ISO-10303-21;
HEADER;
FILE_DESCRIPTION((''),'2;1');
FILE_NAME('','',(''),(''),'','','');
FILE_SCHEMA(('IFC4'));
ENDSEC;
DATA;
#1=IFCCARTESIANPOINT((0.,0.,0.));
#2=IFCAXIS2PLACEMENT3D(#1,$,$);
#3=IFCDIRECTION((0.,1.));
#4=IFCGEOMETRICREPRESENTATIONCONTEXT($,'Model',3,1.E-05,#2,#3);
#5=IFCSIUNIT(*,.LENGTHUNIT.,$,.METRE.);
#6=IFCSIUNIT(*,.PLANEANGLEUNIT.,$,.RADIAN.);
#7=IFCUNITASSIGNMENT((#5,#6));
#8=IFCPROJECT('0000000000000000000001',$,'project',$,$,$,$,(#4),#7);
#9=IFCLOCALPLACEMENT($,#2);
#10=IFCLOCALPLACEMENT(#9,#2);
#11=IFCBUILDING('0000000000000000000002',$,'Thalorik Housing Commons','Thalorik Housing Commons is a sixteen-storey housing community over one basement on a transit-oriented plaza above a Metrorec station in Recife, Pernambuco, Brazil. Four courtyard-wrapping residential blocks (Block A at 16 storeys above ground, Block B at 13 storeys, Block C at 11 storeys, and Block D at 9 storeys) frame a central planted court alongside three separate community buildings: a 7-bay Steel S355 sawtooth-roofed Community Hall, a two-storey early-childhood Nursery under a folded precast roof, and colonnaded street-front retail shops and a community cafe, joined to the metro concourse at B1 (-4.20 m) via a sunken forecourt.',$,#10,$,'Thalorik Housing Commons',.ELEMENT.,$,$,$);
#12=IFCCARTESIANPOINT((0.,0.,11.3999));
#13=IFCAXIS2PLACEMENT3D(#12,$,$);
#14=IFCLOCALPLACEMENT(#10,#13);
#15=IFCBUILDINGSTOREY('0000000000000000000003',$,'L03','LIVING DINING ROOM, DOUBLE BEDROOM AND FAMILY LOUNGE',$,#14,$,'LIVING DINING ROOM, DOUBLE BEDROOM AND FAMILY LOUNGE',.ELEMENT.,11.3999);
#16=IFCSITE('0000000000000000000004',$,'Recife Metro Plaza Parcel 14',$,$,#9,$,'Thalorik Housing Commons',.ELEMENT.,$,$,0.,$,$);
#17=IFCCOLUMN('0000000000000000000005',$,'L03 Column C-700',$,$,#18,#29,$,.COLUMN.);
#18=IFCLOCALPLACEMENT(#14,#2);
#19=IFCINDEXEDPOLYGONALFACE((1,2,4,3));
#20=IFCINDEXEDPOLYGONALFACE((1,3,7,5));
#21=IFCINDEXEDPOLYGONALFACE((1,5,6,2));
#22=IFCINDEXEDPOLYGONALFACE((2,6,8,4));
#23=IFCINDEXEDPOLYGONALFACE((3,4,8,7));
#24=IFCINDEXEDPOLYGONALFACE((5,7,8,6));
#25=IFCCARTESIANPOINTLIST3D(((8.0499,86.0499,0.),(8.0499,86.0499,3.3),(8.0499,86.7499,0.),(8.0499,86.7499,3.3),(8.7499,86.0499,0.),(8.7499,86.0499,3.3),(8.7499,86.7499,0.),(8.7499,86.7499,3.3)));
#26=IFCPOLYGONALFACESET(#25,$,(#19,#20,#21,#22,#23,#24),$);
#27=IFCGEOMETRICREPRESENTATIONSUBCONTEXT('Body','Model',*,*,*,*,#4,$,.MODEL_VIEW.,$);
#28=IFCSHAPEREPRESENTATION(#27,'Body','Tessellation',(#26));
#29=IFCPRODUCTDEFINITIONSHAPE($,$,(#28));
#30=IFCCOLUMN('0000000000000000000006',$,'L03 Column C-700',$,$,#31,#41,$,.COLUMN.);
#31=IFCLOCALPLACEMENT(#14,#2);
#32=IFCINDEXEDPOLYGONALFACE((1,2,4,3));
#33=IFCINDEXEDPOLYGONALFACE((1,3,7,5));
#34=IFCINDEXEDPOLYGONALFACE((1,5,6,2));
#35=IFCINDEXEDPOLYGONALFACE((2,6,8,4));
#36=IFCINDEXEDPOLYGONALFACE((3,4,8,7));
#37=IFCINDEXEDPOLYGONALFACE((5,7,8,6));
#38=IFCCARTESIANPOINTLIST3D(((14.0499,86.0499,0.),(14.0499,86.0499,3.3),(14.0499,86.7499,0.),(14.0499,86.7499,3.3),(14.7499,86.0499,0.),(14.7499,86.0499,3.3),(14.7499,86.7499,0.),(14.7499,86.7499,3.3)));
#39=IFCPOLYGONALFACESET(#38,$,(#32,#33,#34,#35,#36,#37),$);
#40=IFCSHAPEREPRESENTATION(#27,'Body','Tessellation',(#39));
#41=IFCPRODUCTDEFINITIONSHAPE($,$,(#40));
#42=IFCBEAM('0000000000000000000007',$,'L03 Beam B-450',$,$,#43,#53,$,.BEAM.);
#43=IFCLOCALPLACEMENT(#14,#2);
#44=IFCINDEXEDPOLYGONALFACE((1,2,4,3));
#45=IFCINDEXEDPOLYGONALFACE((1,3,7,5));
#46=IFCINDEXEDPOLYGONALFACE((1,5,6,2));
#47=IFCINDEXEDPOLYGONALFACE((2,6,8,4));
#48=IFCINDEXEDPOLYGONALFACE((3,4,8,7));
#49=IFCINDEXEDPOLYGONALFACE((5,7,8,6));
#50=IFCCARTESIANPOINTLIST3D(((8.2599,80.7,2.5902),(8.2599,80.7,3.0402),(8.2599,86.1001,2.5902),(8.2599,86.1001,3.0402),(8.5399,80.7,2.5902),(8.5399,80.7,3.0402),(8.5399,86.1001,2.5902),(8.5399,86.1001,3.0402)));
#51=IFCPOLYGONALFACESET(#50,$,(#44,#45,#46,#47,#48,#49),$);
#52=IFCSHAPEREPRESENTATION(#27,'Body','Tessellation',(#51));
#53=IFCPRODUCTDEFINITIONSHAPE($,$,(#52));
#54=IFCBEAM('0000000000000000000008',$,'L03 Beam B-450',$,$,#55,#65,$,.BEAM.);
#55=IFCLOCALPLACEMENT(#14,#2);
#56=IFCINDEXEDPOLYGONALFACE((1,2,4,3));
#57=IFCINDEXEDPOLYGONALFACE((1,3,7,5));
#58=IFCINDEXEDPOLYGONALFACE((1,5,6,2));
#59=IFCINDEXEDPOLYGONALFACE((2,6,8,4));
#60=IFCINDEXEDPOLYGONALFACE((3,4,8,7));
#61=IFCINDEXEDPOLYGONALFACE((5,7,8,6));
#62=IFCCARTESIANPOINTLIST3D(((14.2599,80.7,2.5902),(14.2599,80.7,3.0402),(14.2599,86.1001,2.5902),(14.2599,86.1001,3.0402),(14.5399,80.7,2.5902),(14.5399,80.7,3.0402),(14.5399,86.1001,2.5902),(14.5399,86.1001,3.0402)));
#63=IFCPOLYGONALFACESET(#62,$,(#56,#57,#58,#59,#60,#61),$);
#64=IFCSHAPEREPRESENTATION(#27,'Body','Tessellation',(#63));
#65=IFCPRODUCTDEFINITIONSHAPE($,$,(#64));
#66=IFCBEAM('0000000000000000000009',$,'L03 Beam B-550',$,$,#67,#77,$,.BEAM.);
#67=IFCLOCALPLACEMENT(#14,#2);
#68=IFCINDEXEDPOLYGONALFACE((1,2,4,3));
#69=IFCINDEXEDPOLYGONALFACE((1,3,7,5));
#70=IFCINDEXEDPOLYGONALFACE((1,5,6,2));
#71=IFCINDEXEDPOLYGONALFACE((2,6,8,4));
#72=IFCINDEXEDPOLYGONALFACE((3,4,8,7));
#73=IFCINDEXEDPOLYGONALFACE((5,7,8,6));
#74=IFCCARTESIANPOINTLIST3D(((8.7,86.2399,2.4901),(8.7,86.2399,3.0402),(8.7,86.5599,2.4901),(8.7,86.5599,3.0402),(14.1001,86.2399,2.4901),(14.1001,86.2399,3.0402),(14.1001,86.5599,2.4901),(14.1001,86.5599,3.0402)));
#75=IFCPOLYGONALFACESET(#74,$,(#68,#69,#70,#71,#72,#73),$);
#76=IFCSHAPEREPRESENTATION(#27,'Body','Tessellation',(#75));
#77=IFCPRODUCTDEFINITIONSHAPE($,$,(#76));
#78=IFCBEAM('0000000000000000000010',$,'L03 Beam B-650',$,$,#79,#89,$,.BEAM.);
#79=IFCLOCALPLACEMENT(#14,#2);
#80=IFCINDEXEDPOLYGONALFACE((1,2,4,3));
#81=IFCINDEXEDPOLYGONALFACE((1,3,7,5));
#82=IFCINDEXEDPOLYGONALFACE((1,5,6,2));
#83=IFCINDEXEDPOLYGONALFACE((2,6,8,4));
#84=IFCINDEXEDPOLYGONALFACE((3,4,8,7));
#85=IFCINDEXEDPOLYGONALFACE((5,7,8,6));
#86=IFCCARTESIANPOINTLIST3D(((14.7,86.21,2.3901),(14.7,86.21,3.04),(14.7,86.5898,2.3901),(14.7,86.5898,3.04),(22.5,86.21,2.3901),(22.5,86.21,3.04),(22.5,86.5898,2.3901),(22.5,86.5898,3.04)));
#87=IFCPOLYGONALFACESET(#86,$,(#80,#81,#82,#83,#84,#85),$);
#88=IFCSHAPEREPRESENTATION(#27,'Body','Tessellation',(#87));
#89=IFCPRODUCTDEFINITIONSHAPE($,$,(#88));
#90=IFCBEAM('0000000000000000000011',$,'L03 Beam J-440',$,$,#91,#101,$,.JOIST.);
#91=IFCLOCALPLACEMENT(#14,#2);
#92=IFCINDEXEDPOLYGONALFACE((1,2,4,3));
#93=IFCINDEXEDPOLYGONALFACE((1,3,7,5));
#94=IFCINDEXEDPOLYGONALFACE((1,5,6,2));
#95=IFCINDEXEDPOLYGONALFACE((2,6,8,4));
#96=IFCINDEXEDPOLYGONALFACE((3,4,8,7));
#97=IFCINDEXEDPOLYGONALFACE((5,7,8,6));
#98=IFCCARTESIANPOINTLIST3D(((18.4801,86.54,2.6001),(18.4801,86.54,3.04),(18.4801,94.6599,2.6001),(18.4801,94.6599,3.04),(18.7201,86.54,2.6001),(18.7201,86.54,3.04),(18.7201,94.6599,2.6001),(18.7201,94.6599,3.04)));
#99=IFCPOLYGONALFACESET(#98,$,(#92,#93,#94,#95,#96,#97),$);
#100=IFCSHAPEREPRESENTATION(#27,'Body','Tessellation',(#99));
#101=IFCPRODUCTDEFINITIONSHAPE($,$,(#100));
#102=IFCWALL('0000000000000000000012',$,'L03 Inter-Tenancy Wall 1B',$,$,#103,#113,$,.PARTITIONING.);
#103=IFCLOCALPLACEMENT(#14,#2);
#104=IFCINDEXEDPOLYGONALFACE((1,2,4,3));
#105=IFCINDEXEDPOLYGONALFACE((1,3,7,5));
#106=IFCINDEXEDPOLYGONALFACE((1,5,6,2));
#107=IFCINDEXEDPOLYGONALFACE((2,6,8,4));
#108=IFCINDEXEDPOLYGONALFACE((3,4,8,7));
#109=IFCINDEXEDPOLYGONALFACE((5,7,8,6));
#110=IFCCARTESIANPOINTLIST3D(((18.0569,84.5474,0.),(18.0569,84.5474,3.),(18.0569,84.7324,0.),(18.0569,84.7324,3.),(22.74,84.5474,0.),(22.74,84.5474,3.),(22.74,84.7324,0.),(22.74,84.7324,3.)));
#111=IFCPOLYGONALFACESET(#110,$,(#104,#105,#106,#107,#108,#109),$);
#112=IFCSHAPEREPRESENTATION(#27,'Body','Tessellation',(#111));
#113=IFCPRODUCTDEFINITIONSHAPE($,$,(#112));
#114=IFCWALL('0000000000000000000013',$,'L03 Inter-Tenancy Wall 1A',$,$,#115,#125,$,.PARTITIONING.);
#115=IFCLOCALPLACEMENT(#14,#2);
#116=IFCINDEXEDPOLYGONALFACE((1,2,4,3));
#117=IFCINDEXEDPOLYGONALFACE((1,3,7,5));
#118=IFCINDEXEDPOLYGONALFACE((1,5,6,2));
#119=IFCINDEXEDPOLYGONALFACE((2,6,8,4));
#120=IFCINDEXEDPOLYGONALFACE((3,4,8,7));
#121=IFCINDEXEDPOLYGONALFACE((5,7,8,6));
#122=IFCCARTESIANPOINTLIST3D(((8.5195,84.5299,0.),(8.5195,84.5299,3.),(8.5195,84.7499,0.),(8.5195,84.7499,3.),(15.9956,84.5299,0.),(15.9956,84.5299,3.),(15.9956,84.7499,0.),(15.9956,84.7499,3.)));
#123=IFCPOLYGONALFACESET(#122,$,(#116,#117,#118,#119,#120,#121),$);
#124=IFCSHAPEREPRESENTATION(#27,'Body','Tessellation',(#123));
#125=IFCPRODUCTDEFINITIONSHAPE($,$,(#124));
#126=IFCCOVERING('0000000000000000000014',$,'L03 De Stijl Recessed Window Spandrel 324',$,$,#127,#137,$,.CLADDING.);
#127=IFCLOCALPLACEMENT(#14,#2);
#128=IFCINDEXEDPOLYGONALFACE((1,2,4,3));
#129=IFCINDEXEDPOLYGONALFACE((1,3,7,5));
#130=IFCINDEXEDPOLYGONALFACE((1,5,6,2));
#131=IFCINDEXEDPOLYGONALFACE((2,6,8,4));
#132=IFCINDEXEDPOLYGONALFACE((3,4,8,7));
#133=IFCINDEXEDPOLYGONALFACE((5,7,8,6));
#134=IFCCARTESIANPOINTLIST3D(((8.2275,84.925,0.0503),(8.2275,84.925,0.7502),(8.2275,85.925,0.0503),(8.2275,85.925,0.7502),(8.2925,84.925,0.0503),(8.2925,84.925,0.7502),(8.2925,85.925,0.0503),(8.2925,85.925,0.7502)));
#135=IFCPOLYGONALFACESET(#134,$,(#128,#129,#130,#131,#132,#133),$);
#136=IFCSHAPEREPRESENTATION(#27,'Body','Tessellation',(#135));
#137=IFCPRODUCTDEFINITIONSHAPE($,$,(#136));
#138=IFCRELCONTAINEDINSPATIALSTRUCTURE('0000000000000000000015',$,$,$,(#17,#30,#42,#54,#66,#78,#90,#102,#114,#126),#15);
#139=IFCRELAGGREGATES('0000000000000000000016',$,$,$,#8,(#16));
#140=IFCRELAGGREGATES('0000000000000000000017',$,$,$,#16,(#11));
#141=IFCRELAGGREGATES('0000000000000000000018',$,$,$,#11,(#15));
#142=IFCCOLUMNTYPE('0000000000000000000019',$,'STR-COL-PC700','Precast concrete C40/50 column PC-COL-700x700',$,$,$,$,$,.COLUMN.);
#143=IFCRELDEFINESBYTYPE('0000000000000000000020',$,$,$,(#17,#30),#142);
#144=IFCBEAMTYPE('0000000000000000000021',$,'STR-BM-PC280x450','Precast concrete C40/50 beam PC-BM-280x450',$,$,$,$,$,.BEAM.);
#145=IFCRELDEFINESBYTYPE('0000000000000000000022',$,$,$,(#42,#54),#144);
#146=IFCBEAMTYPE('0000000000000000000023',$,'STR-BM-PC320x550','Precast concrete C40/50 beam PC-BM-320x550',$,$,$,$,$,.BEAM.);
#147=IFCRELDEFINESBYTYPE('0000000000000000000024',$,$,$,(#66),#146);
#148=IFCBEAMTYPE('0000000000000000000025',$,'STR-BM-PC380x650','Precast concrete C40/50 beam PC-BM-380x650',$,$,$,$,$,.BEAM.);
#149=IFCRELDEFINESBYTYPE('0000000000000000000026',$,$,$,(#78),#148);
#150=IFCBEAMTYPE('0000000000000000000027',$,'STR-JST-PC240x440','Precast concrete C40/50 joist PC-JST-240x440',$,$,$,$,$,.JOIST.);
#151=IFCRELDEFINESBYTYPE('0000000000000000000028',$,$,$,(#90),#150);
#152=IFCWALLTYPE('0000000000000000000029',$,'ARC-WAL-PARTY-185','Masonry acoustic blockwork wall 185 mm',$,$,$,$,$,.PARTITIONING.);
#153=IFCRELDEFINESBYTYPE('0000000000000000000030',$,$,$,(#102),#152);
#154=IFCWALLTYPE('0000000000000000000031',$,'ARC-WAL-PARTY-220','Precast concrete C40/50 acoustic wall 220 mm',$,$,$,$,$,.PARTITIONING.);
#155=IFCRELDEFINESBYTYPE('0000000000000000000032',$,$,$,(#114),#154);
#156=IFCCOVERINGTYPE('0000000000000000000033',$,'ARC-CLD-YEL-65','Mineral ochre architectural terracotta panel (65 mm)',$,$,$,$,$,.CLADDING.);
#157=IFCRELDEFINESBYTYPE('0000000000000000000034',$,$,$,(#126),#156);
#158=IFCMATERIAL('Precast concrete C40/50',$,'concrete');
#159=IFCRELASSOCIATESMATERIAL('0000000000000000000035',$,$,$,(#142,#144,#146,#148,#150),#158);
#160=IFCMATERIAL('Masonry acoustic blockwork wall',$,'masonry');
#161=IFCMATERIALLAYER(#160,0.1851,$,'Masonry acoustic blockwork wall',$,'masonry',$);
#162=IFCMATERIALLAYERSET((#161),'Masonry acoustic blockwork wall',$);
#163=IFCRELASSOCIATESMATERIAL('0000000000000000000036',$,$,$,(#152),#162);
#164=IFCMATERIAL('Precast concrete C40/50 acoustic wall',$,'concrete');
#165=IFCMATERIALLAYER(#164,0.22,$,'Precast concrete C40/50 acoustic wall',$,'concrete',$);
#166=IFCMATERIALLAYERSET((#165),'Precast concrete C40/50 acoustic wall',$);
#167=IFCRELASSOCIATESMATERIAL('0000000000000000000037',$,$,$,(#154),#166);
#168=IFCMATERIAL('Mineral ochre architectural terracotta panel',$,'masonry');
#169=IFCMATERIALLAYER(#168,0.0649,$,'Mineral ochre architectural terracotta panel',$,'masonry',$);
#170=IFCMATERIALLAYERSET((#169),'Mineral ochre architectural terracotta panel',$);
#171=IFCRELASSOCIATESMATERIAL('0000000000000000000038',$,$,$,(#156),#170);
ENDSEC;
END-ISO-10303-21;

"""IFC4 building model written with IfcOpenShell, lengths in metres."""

from ifc_helpers import new_model, si_unit, direction, frame, frame_2d, origin, origin_2d, place, context, subcontext, project, spatial, rectangle, extrude, material, layer, layer_set, material_profile, profile_set, type_object, element, save


model = new_model("IFC4")

# Units and contexts
model_context = context("Model", 3, precision=1e-05, world=origin(), true_north=direction((0.0, 1.0)))
body_context = subcontext(model_context, "Body", "Model", "MODEL_VIEW")
ifc_project = project(units=[si_unit("LENGTHUNIT", "METRE"), si_unit("PLANEANGLEUNIT", "RADIAN")], contexts=[model_context])

# Site, building, storey
site_placement = place(None, origin())
site = spatial("IfcSite", under=ifc_project, at=site_placement, Name="Recife Metro Plaza Parcel 14", LongName="Thalorik Housing Commons", CompositionType="ELEMENT", RefElevation=0.0)
building_placement = place(site_placement, origin())
building = spatial("IfcBuilding", under=site, at=building_placement, Name="Thalorik Housing Commons", Description="Thalorik Housing Commons is a sixteen-storey housing community over one basement on a transit-oriented plaza above a Metrorec station in Recife, Pernambuco, Brazil. Four courtyard-wrapping residential blocks (Block A at 16 storeys above ground, Block B at 13 storeys, Block C at 11 storeys, and Block D at 9 storeys) frame a central planted court alongside three separate community buildings: a 7-bay Steel S355 sawtooth-roofed Community Hall, a two-storey early-childhood Nursery under a folded precast roof, and colonnaded street-front retail shops and a community cafe, joined to the metro concourse at B1 (-4.20 m) via a sunken forecourt.", LongName="Thalorik Housing Commons", CompositionType="ELEMENT")
storey_placement = place(building_placement, frame((0.0, 0.0, 11.3999)))
storey = spatial("IfcBuildingStorey", under=building, at=storey_placement, Name="L03", Description="LIVING DINING ROOM, DOUBLE BEDROOM AND FAMILY LOUNGE", LongName="LIVING DINING ROOM, DOUBLE BEDROOM AND FAMILY LOUNGE", CompositionType="ELEMENT", Elevation=11.3999)

# Columns
ifc_material_1 = material(Name="Precast concrete C40/50", Category="concrete")
ifc_material_profile_1 = material_profile(ifc_material_1, rectangle(XDim=0.7, YDim=0.7, at=origin_2d()), Name="PC 700x700", Category="concrete")
ifc_profile_set_1 = profile_set([ifc_material_profile_1], Name="Precast concrete C40/50")
column_type = type_object("IfcColumnType", Name="STR-COL-PC700", Description="Precast concrete C40/50 column PC-COL-700x700", PredefinedType="COLUMN", material=ifc_profile_set_1)
for number, where, z_axis, x_axis, name in (
    (1, (8.3999, 86.3999, 0.0), (0.0, 0.0, 1.0), (1.0, 0.0, 0.0), "L03 Column C-700"),
    (2, (14.3999, 86.3999, 0.0), (0.0, 0.0, 1.0), (1.0, 0.0, 0.0), "L03 Column C-700"),
):
    element("IfcColumn", number, at=place(storey_placement, frame(where, z_axis=z_axis, x_axis=x_axis)), inside=storey, type_object=column_type, Name=name, PredefinedType="COLUMN", context=body_context, shape_type="SweptSolid", body=[
        extrude(rectangle(XDim=0.7, YDim=0.7, at=origin_2d()), origin(), (0.0, 0.0, 1.0), 3.3),
    ])

# Beams
ifc_material_profile_2 = material_profile(ifc_material_1, rectangle(XDim=0.28, YDim=0.45, at=origin_2d()), Name="PC 280x450", Category="concrete")
ifc_profile_set_2 = profile_set([ifc_material_profile_2], Name="Precast concrete C40/50")
beam_type_1 = type_object("IfcBeamType", Name="STR-BM-PC280x450", Description="Precast concrete C40/50 beam PC-BM-280x450", PredefinedType="BEAM", material=ifc_profile_set_2)
for number, where, z_axis, x_axis, name in (
    (3, (8.3999, 80.7, 2.8152), (0.0, 1.0, 0.0), (-1.0, 0.0, 0.0), "L03 Beam B-450"),
    (4, (14.3999, 80.7, 2.8152), (0.0, 1.0, 0.0), (-1.0, 0.0, 0.0), "L03 Beam B-450"),
):
    element("IfcBeam", number, at=place(storey_placement, frame(where, z_axis=z_axis, x_axis=x_axis)), inside=storey, type_object=beam_type_1, Name=name, PredefinedType="BEAM", context=body_context, shape_type="SweptSolid", body=[
        extrude(rectangle(XDim=0.28, YDim=0.45, at=origin_2d()), origin(), (0.0, 0.0, 1.0), 5.4001),
    ])
ifc_material_profile_3 = material_profile(ifc_material_1, rectangle(XDim=0.3201, YDim=0.55, at=origin_2d()), Name="PC 320x550", Category="concrete")
ifc_profile_set_3 = profile_set([ifc_material_profile_3], Name="Precast concrete C40/50")
beam_type_2 = type_object("IfcBeamType", Name="STR-BM-PC320x550", Description="Precast concrete C40/50 beam PC-BM-320x550", PredefinedType="BEAM", material=ifc_profile_set_3)
beam_1_placement = place(storey_placement, frame((8.7, 86.3999, 2.7651), z_axis=(1.0, 0.0, 0.0), x_axis=(0.0, 1.0, 0.0)))
element("IfcBeam", 5, at=beam_1_placement, inside=storey, type_object=beam_type_2, Name="L03 Beam B-550", PredefinedType="BEAM", context=body_context, shape_type="SweptSolid", body=[
    extrude(rectangle(XDim=0.3201, YDim=0.55, at=origin_2d()), origin(), (0.0, 0.0, 1.0), 5.4001),
])
ifc_material_profile_4 = material_profile(ifc_material_1, rectangle(XDim=0.3799, YDim=0.6499, at=origin_2d()), Name="PC 380x650", Category="concrete")
ifc_profile_set_4 = profile_set([ifc_material_profile_4], Name="Precast concrete C40/50")
beam_type_3 = type_object("IfcBeamType", Name="STR-BM-PC380x650", Description="Precast concrete C40/50 beam PC-BM-380x650", PredefinedType="BEAM", material=ifc_profile_set_4)
beam_2_placement = place(storey_placement, frame((14.7, 86.3999, 2.7151), z_axis=(1.0, 0.0, 0.0), x_axis=(0.0, 1.0, 0.0)))
element("IfcBeam", 6, at=beam_2_placement, inside=storey, type_object=beam_type_3, Name="L03 Beam B-650", PredefinedType="BEAM", context=body_context, shape_type="SweptSolid", body=[
    extrude(rectangle(XDim=0.3799, YDim=0.6499, at=origin_2d()), origin(), (0.0, 0.0, 1.0), 7.8),
])
ifc_material_profile_5 = material_profile(ifc_material_1, rectangle(XDim=0.24, YDim=0.4399, at=origin_2d()), Name="PC JST 240x440", Category="concrete")
ifc_profile_set_5 = profile_set([ifc_material_profile_5], Name="Precast concrete C40/50")
beam_type_4 = type_object("IfcBeamType", Name="STR-JST-PC240x440", Description="Precast concrete C40/50 joist PC-JST-240x440", PredefinedType="JOIST", material=ifc_profile_set_5)
beam_3_placement = place(storey_placement, frame((18.6001, 86.54, 2.8201), z_axis=(0.0, 1.0, 0.0), x_axis=(-1.0, 0.0, 0.0)))
element("IfcBeam", 7, at=beam_3_placement, inside=storey, type_object=beam_type_4, Name="L03 Beam J-440", PredefinedType="JOIST", context=body_context, shape_type="SweptSolid", body=[
    extrude(rectangle(XDim=0.24, YDim=0.4399, at=origin_2d()), origin(), (0.0, 0.0, 1.0), 8.1199),
])

# Walls
ifc_material_2 = material(Name="Masonry acoustic blockwork wall", Category="masonry")
ifc_layer_1 = layer(ifc_material_2, 0.1851, Name="Masonry acoustic blockwork wall", Category="masonry")
ifc_layer_set_1 = layer_set([ifc_layer_1], Name="Masonry acoustic blockwork wall")
wall_type_1 = type_object("IfcWallType", Name="ARC-WAL-PARTY-185", Description="Masonry acoustic blockwork wall 185 mm", PredefinedType="PARTITIONING", material=ifc_layer_set_1)
wall_1_placement = place(storey_placement, frame((18.0569, 84.6399, 0.0), z_axis=(0.0, 0.0, 1.0), x_axis=(1.0, 0.0, 0.0)))
element("IfcWall", 8, at=wall_1_placement, inside=storey, type_object=wall_type_1, Name="L03 Inter-Tenancy Wall 1B", PredefinedType="PARTITIONING", context=body_context, shape_type="SweptSolid", body=[
    extrude(rectangle(XDim=4.6831, YDim=0.1851, at=frame_2d((2.3416, 0.0))), origin(), (0.0, 0.0, 1.0), 3.0),
])
ifc_material_3 = material(Name="Precast concrete C40/50 acoustic wall", Category="concrete")
ifc_layer_2 = layer(ifc_material_3, 0.22, Name="Precast concrete C40/50 acoustic wall", Category="concrete")
ifc_layer_set_2 = layer_set([ifc_layer_2], Name="Precast concrete C40/50 acoustic wall")
wall_type_2 = type_object("IfcWallType", Name="ARC-WAL-PARTY-220", Description="Precast concrete C40/50 acoustic wall 220 mm", PredefinedType="PARTITIONING", material=ifc_layer_set_2)
wall_2_placement = place(storey_placement, frame((8.5195, 84.6399, 0.0), z_axis=(0.0, 0.0, 1.0), x_axis=(1.0, 0.0, 0.0)))
element("IfcWall", 9, at=wall_2_placement, inside=storey, type_object=wall_type_2, Name="L03 Inter-Tenancy Wall 1A", PredefinedType="PARTITIONING", context=body_context, shape_type="SweptSolid", body=[
    extrude(rectangle(XDim=7.4761, YDim=0.22, at=frame_2d((3.738, 0.0))), origin(), (0.0, 0.0, 1.0), 3.0),
])

# Covering
ifc_material_4 = material(Name="Mineral ochre architectural terracotta panel", Category="masonry")
ifc_layer_3 = layer(ifc_material_4, 0.0649, Name="Mineral ochre architectural terracotta panel", Category="masonry")
ifc_layer_set_3 = layer_set([ifc_layer_3], Name="Mineral ochre architectural terracotta panel")
covering_type_1 = type_object("IfcCoveringType", Name="ARC-CLD-YEL-65", Description="Mineral ochre architectural terracotta panel (65 mm)", PredefinedType="CLADDING", material=ifc_layer_set_3)
covering_1_placement = place(storey_placement, frame((8.26, 85.425, 0.0503), z_axis=(0.0, 0.0, 1.0), x_axis=(0.0, -1.0, 0.0)))
element("IfcCovering", 10, at=covering_1_placement, inside=storey, type_object=covering_type_1, Name="L03 De Stijl Recessed Window Spandrel 324", PredefinedType="CLADDING", context=body_context, shape_type="SweptSolid", body=[
    extrude(rectangle(XDim=1.0, YDim=0.0649, at=origin_2d()), origin(), (0.0, 0.0, 1.0), 0.7),
])

save(model, "model.ifc")
